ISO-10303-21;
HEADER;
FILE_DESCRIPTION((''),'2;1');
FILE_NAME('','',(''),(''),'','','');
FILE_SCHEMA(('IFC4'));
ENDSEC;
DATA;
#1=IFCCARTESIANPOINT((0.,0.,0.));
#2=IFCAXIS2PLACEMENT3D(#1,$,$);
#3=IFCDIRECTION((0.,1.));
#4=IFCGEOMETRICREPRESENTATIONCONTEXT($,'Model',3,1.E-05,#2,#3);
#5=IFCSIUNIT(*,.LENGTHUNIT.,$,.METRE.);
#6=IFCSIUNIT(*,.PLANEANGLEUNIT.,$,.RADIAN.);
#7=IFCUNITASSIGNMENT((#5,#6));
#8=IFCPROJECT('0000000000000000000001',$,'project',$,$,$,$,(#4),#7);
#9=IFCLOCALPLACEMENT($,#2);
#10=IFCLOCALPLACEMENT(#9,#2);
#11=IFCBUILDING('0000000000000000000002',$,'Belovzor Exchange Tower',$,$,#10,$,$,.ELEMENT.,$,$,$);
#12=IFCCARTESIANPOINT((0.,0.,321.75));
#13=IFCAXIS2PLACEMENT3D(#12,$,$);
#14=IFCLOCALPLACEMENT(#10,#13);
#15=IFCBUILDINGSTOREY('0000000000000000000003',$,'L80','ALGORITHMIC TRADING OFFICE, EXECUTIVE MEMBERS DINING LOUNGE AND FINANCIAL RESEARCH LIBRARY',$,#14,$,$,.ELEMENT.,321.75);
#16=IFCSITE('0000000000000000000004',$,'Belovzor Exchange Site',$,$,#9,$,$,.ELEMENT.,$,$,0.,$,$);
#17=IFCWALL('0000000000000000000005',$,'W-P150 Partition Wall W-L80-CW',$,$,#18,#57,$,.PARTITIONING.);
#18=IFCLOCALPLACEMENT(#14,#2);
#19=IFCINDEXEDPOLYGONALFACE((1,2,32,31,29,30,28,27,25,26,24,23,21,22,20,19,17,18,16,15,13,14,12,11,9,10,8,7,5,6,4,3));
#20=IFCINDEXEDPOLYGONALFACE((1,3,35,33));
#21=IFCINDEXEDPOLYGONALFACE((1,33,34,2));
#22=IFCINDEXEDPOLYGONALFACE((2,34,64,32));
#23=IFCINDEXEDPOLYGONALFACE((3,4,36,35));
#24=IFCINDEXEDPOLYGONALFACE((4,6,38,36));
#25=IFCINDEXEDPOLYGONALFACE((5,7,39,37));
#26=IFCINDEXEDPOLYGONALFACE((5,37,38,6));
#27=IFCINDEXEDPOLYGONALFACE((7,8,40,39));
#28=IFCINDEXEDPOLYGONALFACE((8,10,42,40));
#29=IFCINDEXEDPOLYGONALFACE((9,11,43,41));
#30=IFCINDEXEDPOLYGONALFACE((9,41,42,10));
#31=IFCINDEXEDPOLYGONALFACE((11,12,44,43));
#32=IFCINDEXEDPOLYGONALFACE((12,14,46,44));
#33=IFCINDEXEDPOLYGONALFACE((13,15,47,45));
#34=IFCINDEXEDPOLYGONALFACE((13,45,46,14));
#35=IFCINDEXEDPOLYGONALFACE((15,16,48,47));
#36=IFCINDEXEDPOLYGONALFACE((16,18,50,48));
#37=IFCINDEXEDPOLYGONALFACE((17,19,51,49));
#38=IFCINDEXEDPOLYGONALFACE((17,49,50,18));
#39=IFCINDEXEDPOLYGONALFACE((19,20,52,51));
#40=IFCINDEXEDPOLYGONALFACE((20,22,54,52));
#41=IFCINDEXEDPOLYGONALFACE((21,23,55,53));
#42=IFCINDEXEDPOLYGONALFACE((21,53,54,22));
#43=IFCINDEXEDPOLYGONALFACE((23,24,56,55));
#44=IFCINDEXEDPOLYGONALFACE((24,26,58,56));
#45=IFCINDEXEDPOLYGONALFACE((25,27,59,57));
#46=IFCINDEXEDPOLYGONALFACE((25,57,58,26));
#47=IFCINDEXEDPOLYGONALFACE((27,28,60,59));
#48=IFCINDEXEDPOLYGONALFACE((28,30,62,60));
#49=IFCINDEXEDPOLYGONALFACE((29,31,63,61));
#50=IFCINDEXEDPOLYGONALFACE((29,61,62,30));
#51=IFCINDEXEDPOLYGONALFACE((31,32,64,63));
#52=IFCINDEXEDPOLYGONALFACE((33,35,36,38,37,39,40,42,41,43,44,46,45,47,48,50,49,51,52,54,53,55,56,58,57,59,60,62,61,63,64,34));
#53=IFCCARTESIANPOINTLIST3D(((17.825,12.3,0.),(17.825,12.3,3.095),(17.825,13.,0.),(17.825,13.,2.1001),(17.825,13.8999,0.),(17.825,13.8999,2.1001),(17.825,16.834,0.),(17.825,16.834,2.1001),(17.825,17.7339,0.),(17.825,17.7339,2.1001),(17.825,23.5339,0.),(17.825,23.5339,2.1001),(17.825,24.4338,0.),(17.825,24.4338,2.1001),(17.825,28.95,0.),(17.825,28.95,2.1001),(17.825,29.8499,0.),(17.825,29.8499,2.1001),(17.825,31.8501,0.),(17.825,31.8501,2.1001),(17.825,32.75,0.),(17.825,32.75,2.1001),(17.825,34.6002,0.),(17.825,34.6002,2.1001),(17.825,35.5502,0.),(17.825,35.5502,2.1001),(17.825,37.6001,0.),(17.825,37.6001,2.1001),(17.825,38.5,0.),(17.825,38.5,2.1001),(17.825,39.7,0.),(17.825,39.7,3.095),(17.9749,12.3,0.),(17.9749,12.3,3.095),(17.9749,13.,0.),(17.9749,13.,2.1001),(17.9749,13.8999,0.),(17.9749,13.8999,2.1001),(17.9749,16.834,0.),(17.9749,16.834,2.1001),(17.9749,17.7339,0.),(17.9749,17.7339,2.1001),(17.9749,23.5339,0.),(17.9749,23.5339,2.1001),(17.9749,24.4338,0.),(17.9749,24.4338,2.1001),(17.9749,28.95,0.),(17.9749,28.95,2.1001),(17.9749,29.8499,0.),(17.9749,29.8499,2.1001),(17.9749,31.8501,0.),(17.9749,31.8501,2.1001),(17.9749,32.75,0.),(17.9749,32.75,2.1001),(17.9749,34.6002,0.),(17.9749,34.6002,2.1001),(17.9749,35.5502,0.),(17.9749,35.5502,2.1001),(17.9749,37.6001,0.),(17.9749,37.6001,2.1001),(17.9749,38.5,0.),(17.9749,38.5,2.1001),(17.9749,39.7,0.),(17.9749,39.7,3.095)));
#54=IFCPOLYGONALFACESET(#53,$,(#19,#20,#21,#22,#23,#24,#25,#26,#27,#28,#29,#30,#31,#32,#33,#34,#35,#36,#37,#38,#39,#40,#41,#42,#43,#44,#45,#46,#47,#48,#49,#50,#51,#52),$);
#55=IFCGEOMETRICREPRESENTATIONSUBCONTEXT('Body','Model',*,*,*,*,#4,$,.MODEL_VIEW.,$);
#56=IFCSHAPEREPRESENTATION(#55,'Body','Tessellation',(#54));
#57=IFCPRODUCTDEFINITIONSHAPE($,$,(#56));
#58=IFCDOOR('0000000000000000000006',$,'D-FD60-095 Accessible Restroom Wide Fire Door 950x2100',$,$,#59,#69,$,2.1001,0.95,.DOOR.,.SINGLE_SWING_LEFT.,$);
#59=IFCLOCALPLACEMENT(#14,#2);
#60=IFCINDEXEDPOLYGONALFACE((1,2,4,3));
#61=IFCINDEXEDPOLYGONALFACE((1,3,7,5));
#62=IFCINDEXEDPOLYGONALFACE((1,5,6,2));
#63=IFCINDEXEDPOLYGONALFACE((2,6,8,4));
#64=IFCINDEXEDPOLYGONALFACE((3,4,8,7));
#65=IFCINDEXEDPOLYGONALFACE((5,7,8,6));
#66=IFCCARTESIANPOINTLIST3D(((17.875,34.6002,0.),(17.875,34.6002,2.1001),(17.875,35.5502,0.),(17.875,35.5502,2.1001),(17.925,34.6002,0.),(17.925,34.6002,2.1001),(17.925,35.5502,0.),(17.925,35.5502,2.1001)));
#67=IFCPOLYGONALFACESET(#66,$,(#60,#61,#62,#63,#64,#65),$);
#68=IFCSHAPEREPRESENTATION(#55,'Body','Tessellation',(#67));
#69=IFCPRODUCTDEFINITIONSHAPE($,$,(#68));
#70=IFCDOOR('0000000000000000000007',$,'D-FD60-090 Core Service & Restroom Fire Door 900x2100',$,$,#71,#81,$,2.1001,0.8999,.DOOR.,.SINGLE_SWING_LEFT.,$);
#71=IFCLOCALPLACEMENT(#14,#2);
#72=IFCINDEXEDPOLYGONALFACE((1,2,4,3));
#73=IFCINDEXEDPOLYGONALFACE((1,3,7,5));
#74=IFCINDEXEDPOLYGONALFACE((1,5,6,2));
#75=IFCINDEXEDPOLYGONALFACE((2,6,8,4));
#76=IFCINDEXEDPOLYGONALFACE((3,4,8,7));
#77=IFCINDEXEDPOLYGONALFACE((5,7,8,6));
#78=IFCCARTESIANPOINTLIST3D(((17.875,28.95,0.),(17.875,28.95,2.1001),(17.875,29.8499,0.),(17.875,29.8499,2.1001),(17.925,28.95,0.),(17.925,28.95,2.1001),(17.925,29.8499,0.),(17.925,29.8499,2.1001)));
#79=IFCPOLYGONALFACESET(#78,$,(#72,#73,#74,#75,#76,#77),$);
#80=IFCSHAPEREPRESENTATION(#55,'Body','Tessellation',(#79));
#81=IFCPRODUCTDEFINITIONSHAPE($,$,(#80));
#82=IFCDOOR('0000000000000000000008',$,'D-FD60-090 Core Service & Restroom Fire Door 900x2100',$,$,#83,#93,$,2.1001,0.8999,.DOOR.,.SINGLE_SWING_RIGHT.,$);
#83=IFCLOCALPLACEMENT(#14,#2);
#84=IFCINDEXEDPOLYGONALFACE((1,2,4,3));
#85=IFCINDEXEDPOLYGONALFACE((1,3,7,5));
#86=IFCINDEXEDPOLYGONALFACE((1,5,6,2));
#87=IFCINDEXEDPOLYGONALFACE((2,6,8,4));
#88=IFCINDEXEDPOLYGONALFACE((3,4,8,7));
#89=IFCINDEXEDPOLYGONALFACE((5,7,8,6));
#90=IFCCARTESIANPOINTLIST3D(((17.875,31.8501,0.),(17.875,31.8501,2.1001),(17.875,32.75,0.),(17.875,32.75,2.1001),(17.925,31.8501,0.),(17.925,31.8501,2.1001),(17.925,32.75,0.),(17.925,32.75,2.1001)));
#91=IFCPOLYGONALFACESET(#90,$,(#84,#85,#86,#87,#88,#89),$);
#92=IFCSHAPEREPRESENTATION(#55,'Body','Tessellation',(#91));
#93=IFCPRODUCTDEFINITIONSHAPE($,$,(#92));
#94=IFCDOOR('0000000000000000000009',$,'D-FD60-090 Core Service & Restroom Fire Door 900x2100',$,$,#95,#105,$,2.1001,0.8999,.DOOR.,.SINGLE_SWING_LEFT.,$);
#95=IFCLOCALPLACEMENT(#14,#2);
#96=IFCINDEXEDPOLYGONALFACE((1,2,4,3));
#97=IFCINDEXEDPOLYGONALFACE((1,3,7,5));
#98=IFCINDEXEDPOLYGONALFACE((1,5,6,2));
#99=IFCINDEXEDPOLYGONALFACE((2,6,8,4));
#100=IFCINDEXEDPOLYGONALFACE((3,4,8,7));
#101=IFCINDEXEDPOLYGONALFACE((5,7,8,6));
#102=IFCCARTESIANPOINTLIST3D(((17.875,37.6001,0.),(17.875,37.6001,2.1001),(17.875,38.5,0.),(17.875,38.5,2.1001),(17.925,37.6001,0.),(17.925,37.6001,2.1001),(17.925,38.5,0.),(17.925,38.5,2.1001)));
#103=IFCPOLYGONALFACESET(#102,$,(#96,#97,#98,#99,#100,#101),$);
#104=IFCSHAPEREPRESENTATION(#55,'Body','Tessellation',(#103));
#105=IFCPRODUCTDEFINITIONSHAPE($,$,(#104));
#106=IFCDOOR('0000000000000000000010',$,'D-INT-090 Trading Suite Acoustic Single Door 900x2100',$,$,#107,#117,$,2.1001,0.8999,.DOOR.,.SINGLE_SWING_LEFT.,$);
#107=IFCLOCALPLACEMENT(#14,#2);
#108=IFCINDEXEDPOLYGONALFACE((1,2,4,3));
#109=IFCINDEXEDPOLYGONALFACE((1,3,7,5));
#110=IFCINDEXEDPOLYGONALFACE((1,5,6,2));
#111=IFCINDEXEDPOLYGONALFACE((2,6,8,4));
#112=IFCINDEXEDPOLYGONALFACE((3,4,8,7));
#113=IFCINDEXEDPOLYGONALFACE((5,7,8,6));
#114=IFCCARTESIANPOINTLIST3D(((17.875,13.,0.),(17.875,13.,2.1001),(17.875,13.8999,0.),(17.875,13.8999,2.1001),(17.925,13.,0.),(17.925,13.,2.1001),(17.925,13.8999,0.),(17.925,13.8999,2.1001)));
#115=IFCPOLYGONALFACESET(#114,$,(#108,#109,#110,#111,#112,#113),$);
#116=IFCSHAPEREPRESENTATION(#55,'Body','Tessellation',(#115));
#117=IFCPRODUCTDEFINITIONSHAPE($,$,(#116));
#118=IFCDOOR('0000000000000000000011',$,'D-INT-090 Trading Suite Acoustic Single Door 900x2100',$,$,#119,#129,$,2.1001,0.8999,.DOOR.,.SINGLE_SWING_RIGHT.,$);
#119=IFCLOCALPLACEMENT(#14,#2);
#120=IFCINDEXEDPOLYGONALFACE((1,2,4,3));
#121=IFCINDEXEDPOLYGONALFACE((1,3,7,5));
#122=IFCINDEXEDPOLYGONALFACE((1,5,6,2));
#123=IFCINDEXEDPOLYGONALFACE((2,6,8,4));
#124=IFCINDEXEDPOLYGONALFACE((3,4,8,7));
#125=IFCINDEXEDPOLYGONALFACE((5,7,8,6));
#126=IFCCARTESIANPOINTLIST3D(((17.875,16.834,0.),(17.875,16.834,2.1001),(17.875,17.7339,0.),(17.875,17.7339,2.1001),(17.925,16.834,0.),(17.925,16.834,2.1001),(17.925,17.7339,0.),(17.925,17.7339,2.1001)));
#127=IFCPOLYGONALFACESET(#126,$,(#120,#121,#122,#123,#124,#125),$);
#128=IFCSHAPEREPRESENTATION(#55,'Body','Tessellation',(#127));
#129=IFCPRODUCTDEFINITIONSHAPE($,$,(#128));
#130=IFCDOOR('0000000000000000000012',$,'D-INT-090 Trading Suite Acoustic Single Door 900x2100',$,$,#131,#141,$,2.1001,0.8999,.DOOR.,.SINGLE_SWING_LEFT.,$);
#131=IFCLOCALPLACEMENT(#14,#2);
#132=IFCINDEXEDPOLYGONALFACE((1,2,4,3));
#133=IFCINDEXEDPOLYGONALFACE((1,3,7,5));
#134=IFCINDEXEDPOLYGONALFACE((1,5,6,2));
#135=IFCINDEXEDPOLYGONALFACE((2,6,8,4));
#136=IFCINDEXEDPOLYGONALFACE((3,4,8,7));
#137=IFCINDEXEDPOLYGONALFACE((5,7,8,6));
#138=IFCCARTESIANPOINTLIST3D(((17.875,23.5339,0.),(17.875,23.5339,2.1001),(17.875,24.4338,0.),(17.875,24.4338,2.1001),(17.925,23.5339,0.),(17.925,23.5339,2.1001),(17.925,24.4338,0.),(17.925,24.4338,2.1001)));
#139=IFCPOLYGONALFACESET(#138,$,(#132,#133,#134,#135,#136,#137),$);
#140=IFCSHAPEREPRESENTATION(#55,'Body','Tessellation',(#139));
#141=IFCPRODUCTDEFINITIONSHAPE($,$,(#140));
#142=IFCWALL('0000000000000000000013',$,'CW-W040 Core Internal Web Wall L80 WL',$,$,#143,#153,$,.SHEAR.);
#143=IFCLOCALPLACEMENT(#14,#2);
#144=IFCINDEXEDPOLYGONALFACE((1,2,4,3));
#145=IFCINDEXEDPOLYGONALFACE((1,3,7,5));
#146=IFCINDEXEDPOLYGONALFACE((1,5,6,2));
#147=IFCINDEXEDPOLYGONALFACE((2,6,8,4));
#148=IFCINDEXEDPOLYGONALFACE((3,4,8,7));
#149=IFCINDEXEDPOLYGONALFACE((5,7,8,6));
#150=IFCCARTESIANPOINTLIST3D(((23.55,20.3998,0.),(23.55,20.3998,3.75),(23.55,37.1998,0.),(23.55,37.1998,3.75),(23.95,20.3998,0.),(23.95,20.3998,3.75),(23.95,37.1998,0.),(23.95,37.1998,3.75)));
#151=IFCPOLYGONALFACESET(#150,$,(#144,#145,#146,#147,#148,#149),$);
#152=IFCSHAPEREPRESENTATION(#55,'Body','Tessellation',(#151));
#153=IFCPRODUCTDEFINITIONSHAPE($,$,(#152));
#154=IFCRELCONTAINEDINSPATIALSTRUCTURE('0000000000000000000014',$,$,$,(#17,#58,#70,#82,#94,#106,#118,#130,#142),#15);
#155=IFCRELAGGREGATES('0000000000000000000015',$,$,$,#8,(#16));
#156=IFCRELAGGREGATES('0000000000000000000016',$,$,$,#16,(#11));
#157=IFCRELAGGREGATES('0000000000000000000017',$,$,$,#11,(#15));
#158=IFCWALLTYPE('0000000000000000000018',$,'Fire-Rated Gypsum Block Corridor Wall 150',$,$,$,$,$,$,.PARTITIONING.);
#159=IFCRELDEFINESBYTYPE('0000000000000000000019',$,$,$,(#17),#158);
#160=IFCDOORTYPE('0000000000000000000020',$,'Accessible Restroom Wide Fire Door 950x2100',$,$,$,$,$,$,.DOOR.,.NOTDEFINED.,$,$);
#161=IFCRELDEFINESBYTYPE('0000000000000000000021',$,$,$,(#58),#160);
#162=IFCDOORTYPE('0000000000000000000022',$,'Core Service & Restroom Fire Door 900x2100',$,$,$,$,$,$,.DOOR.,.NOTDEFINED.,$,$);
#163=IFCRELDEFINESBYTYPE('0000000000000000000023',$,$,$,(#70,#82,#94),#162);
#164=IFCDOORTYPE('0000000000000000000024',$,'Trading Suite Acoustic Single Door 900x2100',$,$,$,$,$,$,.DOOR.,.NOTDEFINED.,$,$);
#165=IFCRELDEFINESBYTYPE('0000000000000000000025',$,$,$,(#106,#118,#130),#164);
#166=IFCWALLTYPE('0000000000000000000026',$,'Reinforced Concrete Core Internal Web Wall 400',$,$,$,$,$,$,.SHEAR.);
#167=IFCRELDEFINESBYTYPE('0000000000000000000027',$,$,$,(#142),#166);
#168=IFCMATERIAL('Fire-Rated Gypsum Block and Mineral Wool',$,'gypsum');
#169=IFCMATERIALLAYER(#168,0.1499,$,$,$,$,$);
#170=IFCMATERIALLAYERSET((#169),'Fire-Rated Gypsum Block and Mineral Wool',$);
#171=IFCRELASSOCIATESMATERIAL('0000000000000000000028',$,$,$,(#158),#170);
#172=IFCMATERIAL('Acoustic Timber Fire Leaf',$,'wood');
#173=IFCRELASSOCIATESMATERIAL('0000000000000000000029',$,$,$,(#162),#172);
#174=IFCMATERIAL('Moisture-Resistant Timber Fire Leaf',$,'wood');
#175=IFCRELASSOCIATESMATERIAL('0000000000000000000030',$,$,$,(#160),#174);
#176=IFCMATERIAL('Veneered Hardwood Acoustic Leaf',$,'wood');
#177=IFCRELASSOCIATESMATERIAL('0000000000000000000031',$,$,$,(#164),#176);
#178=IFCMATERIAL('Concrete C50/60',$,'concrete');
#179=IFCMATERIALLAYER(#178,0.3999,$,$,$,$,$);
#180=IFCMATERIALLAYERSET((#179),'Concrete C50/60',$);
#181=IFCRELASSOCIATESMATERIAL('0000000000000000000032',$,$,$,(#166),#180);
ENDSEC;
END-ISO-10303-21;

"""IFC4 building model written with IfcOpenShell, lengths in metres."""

from ifc_helpers import new_model, si_unit, direction, frame, frame_2d, origin, place, context, subcontext, project, spatial, rectangle, extrude, material, layer, layer_set, type_object, element, fill, save


model = new_model("IFC4")

# Units and contexts
model_context = context("Model", 3, precision=1e-05, world=origin(), true_north=direction((0.0, 1.0)))
body_context = subcontext(model_context, "Body", "Model", "MODEL_VIEW")
ifc_project = project(units=[si_unit("LENGTHUNIT", "METRE"), si_unit("PLANEANGLEUNIT", "RADIAN")], contexts=[model_context])

# Site, building, storey
site_placement = place(None, origin())
site = spatial("IfcSite", under=ifc_project, at=site_placement, Name="Belovzor Exchange Site", CompositionType="ELEMENT", RefElevation=0.0)
building_placement = place(site_placement, origin())
building = spatial("IfcBuilding", under=site, at=building_placement, Name="Belovzor Exchange Tower", CompositionType="ELEMENT")
storey_placement = place(building_placement, frame((0.0, 0.0, 321.75)))
storey = spatial("IfcBuildingStorey", under=building, at=storey_placement, Name="L80", Description="ALGORITHMIC TRADING OFFICE, EXECUTIVE MEMBERS DINING LOUNGE AND FINANCIAL RESEARCH LIBRARY", CompositionType="ELEMENT", Elevation=321.75)

# Shared definitions
ifc_material_1 = material(Name="Fire-Rated Gypsum Block and Mineral Wool", Category="gypsum")
ifc_layer_1 = layer(ifc_material_1, 0.1499)
ifc_layer_set_1 = layer_set([ifc_layer_1], Name="Fire-Rated Gypsum Block and Mineral Wool")
wall_type_1 = type_object("IfcWallType", Name="Fire-Rated Gypsum Block Corridor Wall 150", PredefinedType="PARTITIONING", material=ifc_layer_set_1)
ifc_material_2 = material(Name="Acoustic Timber Fire Leaf", Category="wood")
door_type_1 = type_object("IfcDoorType", Name="Core Service & Restroom Fire Door 900x2100", OperationType="NOTDEFINED", PredefinedType="DOOR", material=ifc_material_2)

# Wall, openings, doors
wall_1_placement = place(storey_placement, frame((17.8999, 12.3, 0.0), z_axis=(0.0, 0.0, 1.0), x_axis=(0.0, 1.0, 0.0)))
wall_1 = element("IfcWall", 1, at=wall_1_placement, inside=storey, type_object=wall_type_1, Name="W-P150 Partition Wall W-L80-CW", PredefinedType="PARTITIONING", context=body_context, shape_type="SweptSolid", body=[
    extrude(rectangle(XDim=27.3999, YDim=0.1499, at=frame_2d((13.7, 0.0))), origin(), (0.0, 0.0, 1.0), 3.095),
])
opening_1_placement = place(wall_1_placement, frame((0.7, 0.0, 0.0)))
opening_1 = element("IfcOpeningElement", 2, at=opening_1_placement, cuts=wall_1, PredefinedType="OPENING", context=body_context, shape_type="SweptSolid", body=[
    extrude(rectangle(XDim=0.8999, YDim=2.1001, at=frame_2d((0.45, 1.05))), frame((0.0, 0.085, 0.0), z_axis=(0.0, -1.0, 0.0), x_axis=(1.0, 0.0, 0.0)), (0.0, 0.0, 1.0), 0.1699),
])
opening_2_placement = place(wall_1_placement, frame((4.5339, 0.0, 0.0)))
opening_2 = element("IfcOpeningElement", 3, at=opening_2_placement, cuts=wall_1, PredefinedType="OPENING", context=body_context, shape_type="SweptSolid", body=[
    extrude(rectangle(XDim=0.8999, YDim=2.1001, at=frame_2d((0.45, 1.05))), frame((0.0, 0.085, 0.0), z_axis=(0.0, -1.0, 0.0), x_axis=(1.0, 0.0, 0.0)), (0.0, 0.0, 1.0), 0.1699),
])
opening_3_placement = place(wall_1_placement, frame((11.2339, 0.0, 0.0)))
opening_3 = element("IfcOpeningElement", 4, at=opening_3_placement, cuts=wall_1, PredefinedType="OPENING", context=body_context, shape_type="SweptSolid", body=[
    extrude(rectangle(XDim=0.8999, YDim=2.1001, at=frame_2d((0.45, 1.05))), frame((0.0, 0.085, 0.0), z_axis=(0.0, -1.0, 0.0), x_axis=(1.0, 0.0, 0.0)), (0.0, 0.0, 1.0), 0.1699),
])
opening_4_placement = place(wall_1_placement, frame((16.6499, 0.0, 0.0)))
opening_4 = element("IfcOpeningElement", 5, at=opening_4_placement, cuts=wall_1, PredefinedType="OPENING", context=body_context, shape_type="SweptSolid", body=[
    extrude(rectangle(XDim=0.8999, YDim=2.1001, at=frame_2d((0.45, 1.05))), frame((0.0, 0.085, 0.0), z_axis=(0.0, -1.0, 0.0), x_axis=(1.0, 0.0, 0.0)), (0.0, 0.0, 1.0), 0.1699),
])
opening_5_placement = place(wall_1_placement, frame((19.55, 0.0, 0.0)))
opening_5 = element("IfcOpeningElement", 6, at=opening_5_placement, cuts=wall_1, PredefinedType="OPENING", context=body_context, shape_type="SweptSolid", body=[
    extrude(rectangle(XDim=0.8999, YDim=2.1001, at=frame_2d((0.45, 1.05))), frame((0.0, 0.085, 0.0), z_axis=(0.0, -1.0, 0.0), x_axis=(1.0, 0.0, 0.0)), (0.0, 0.0, 1.0), 0.1699),
])
opening_6_placement = place(wall_1_placement, frame((22.3, 0.0, 0.0)))
opening_6 = element("IfcOpeningElement", 7, at=opening_6_placement, cuts=wall_1, PredefinedType="OPENING", context=body_context, shape_type="SweptSolid", body=[
    extrude(rectangle(XDim=0.95, YDim=2.1001, at=frame_2d((0.4751, 1.05))), frame((0.0, 0.085, 0.0), z_axis=(0.0, -1.0, 0.0), x_axis=(1.0, 0.0, 0.0)), (0.0, 0.0, 1.0), 0.1699),
])
opening_7_placement = place(wall_1_placement, frame((25.3, 0.0, 0.0)))
opening_7 = element("IfcOpeningElement", 8, at=opening_7_placement, cuts=wall_1, PredefinedType="OPENING", context=body_context, shape_type="SweptSolid", body=[
    extrude(rectangle(XDim=0.8999, YDim=2.1001, at=frame_2d((0.45, 1.05))), frame((0.0, 0.085, 0.0), z_axis=(0.0, -1.0, 0.0), x_axis=(1.0, 0.0, 0.0)), (0.0, 0.0, 1.0), 0.1699),
])
ifc_material_3 = material(Name="Moisture-Resistant Timber Fire Leaf", Category="wood")
door_type_2 = type_object("IfcDoorType", Name="Accessible Restroom Wide Fire Door 950x2100", OperationType="NOTDEFINED", PredefinedType="DOOR", material=ifc_material_3)
door_1_placement = place(opening_6_placement, origin())
door_1 = element("IfcDoor", 9, at=door_1_placement, inside=storey, type_object=door_type_2, Name="D-FD60-095 Accessible Restroom Wide Fire Door 950x2100", OperationType="SINGLE_SWING_LEFT", OverallHeight=2.1001, OverallWidth=0.95, PredefinedType="DOOR", context=body_context, shape_type="SweptSolid", body=[
    extrude(rectangle(XDim=0.95, YDim=2.1001, at=frame_2d((0.4751, 1.05))), frame((0.0, 0.0249, 0.0), z_axis=(0.0, -1.0, 0.0), x_axis=(1.0, 0.0, 0.0)), (0.0, 0.0, 1.0), 0.05),
])
fill(opening_6, door_1)
door_2_placement = place(opening_4_placement, origin())
door_2 = element("IfcDoor", 10, at=door_2_placement, inside=storey, type_object=door_type_1, Name="D-FD60-090 Core Service & Restroom Fire Door 900x2100", OperationType="SINGLE_SWING_LEFT", OverallHeight=2.1001, OverallWidth=0.8999, PredefinedType="DOOR", context=body_context, shape_type="SweptSolid", body=[
    extrude(rectangle(XDim=0.8999, YDim=2.1001, at=frame_2d((0.45, 1.05))), frame((0.0, 0.0249, 0.0), z_axis=(0.0, -1.0, 0.0), x_axis=(1.0, 0.0, 0.0)), (0.0, 0.0, 1.0), 0.05),
])
fill(opening_4, door_2)
door_3_placement = place(opening_5_placement, origin())
door_3 = element("IfcDoor", 11, at=door_3_placement, inside=storey, type_object=door_type_1, Name="D-FD60-090 Core Service & Restroom Fire Door 900x2100", OperationType="SINGLE_SWING_RIGHT", OverallHeight=2.1001, OverallWidth=0.8999, PredefinedType="DOOR", context=body_context, shape_type="SweptSolid", body=[
    extrude(rectangle(XDim=0.8999, YDim=2.1001, at=frame_2d((0.45, 1.05))), frame((0.0, 0.0249, 0.0), z_axis=(0.0, -1.0, 0.0), x_axis=(1.0, 0.0, 0.0)), (0.0, 0.0, 1.0), 0.05),
])
fill(opening_5, door_3)
door_4_placement = place(opening_7_placement, origin())
door_4 = element("IfcDoor", 12, at=door_4_placement, inside=storey, type_object=door_type_1, Name="D-FD60-090 Core Service & Restroom Fire Door 900x2100", OperationType="SINGLE_SWING_LEFT", OverallHeight=2.1001, OverallWidth=0.8999, PredefinedType="DOOR", context=body_context, shape_type="SweptSolid", body=[
    extrude(rectangle(XDim=0.8999, YDim=2.1001, at=frame_2d((0.45, 1.05))), frame((0.0, 0.0249, 0.0), z_axis=(0.0, -1.0, 0.0), x_axis=(1.0, 0.0, 0.0)), (0.0, 0.0, 1.0), 0.05),
])
fill(opening_7, door_4)
ifc_material_4 = material(Name="Veneered Hardwood Acoustic Leaf", Category="wood")
door_type_3 = type_object("IfcDoorType", Name="Trading Suite Acoustic Single Door 900x2100", OperationType="NOTDEFINED", PredefinedType="DOOR", material=ifc_material_4)
door_5_placement = place(opening_1_placement, origin())
door_5 = element("IfcDoor", 13, at=door_5_placement, inside=storey, type_object=door_type_3, Name="D-INT-090 Trading Suite Acoustic Single Door 900x2100", OperationType="SINGLE_SWING_LEFT", OverallHeight=2.1001, OverallWidth=0.8999, PredefinedType="DOOR", context=body_context, shape_type="SweptSolid", body=[
    extrude(rectangle(XDim=0.8999, YDim=2.1001, at=frame_2d((0.45, 1.05))), frame((0.0, 0.0249, 0.0), z_axis=(0.0, -1.0, 0.0), x_axis=(1.0, 0.0, 0.0)), (0.0, 0.0, 1.0), 0.05),
])
fill(opening_1, door_5)
door_6_placement = place(opening_2_placement, origin())
door_6 = element("IfcDoor", 14, at=door_6_placement, inside=storey, type_object=door_type_3, Name="D-INT-090 Trading Suite Acoustic Single Door 900x2100", OperationType="SINGLE_SWING_RIGHT", OverallHeight=2.1001, OverallWidth=0.8999, PredefinedType="DOOR", context=body_context, shape_type="SweptSolid", body=[
    extrude(rectangle(XDim=0.8999, YDim=2.1001, at=frame_2d((0.45, 1.05))), frame((0.0, 0.0249, 0.0), z_axis=(0.0, -1.0, 0.0), x_axis=(1.0, 0.0, 0.0)), (0.0, 0.0, 1.0), 0.05),
])
fill(opening_2, door_6)
door_7_placement = place(opening_3_placement, origin())
door_7 = element("IfcDoor", 15, at=door_7_placement, inside=storey, type_object=door_type_3, Name="D-INT-090 Trading Suite Acoustic Single Door 900x2100", OperationType="SINGLE_SWING_LEFT", OverallHeight=2.1001, OverallWidth=0.8999, PredefinedType="DOOR", context=body_context, shape_type="SweptSolid", body=[
    extrude(rectangle(XDim=0.8999, YDim=2.1001, at=frame_2d((0.45, 1.05))), frame((0.0, 0.0249, 0.0), z_axis=(0.0, -1.0, 0.0), x_axis=(1.0, 0.0, 0.0)), (0.0, 0.0, 1.0), 0.05),
])
fill(opening_3, door_7)

# Wall
ifc_material_5 = material(Name="Concrete C50/60", Category="concrete")
ifc_layer_2 = layer(ifc_material_5, 0.3999)
ifc_layer_set_2 = layer_set([ifc_layer_2], Name="Concrete C50/60")
wall_type_2 = type_object("IfcWallType", Name="Reinforced Concrete Core Internal Web Wall 400", PredefinedType="SHEAR", material=ifc_layer_set_2)
wall_2_placement = place(storey_placement, frame((23.75, 20.3999, 0.0), z_axis=(0.0, 0.0, 1.0), x_axis=(0.0, 1.0, 0.0)))
element("IfcWall", 16, at=wall_2_placement, inside=storey, type_object=wall_type_2, Name="CW-W040 Core Internal Web Wall L80 WL", PredefinedType="SHEAR", context=body_context, shape_type="SweptSolid", body=[
    extrude(rectangle(XDim=16.8, YDim=0.3999, at=frame_2d((8.3999, 0.0))), origin(), (0.0, 0.0, 1.0), 3.75),
])

save(model, "model.ifc")
